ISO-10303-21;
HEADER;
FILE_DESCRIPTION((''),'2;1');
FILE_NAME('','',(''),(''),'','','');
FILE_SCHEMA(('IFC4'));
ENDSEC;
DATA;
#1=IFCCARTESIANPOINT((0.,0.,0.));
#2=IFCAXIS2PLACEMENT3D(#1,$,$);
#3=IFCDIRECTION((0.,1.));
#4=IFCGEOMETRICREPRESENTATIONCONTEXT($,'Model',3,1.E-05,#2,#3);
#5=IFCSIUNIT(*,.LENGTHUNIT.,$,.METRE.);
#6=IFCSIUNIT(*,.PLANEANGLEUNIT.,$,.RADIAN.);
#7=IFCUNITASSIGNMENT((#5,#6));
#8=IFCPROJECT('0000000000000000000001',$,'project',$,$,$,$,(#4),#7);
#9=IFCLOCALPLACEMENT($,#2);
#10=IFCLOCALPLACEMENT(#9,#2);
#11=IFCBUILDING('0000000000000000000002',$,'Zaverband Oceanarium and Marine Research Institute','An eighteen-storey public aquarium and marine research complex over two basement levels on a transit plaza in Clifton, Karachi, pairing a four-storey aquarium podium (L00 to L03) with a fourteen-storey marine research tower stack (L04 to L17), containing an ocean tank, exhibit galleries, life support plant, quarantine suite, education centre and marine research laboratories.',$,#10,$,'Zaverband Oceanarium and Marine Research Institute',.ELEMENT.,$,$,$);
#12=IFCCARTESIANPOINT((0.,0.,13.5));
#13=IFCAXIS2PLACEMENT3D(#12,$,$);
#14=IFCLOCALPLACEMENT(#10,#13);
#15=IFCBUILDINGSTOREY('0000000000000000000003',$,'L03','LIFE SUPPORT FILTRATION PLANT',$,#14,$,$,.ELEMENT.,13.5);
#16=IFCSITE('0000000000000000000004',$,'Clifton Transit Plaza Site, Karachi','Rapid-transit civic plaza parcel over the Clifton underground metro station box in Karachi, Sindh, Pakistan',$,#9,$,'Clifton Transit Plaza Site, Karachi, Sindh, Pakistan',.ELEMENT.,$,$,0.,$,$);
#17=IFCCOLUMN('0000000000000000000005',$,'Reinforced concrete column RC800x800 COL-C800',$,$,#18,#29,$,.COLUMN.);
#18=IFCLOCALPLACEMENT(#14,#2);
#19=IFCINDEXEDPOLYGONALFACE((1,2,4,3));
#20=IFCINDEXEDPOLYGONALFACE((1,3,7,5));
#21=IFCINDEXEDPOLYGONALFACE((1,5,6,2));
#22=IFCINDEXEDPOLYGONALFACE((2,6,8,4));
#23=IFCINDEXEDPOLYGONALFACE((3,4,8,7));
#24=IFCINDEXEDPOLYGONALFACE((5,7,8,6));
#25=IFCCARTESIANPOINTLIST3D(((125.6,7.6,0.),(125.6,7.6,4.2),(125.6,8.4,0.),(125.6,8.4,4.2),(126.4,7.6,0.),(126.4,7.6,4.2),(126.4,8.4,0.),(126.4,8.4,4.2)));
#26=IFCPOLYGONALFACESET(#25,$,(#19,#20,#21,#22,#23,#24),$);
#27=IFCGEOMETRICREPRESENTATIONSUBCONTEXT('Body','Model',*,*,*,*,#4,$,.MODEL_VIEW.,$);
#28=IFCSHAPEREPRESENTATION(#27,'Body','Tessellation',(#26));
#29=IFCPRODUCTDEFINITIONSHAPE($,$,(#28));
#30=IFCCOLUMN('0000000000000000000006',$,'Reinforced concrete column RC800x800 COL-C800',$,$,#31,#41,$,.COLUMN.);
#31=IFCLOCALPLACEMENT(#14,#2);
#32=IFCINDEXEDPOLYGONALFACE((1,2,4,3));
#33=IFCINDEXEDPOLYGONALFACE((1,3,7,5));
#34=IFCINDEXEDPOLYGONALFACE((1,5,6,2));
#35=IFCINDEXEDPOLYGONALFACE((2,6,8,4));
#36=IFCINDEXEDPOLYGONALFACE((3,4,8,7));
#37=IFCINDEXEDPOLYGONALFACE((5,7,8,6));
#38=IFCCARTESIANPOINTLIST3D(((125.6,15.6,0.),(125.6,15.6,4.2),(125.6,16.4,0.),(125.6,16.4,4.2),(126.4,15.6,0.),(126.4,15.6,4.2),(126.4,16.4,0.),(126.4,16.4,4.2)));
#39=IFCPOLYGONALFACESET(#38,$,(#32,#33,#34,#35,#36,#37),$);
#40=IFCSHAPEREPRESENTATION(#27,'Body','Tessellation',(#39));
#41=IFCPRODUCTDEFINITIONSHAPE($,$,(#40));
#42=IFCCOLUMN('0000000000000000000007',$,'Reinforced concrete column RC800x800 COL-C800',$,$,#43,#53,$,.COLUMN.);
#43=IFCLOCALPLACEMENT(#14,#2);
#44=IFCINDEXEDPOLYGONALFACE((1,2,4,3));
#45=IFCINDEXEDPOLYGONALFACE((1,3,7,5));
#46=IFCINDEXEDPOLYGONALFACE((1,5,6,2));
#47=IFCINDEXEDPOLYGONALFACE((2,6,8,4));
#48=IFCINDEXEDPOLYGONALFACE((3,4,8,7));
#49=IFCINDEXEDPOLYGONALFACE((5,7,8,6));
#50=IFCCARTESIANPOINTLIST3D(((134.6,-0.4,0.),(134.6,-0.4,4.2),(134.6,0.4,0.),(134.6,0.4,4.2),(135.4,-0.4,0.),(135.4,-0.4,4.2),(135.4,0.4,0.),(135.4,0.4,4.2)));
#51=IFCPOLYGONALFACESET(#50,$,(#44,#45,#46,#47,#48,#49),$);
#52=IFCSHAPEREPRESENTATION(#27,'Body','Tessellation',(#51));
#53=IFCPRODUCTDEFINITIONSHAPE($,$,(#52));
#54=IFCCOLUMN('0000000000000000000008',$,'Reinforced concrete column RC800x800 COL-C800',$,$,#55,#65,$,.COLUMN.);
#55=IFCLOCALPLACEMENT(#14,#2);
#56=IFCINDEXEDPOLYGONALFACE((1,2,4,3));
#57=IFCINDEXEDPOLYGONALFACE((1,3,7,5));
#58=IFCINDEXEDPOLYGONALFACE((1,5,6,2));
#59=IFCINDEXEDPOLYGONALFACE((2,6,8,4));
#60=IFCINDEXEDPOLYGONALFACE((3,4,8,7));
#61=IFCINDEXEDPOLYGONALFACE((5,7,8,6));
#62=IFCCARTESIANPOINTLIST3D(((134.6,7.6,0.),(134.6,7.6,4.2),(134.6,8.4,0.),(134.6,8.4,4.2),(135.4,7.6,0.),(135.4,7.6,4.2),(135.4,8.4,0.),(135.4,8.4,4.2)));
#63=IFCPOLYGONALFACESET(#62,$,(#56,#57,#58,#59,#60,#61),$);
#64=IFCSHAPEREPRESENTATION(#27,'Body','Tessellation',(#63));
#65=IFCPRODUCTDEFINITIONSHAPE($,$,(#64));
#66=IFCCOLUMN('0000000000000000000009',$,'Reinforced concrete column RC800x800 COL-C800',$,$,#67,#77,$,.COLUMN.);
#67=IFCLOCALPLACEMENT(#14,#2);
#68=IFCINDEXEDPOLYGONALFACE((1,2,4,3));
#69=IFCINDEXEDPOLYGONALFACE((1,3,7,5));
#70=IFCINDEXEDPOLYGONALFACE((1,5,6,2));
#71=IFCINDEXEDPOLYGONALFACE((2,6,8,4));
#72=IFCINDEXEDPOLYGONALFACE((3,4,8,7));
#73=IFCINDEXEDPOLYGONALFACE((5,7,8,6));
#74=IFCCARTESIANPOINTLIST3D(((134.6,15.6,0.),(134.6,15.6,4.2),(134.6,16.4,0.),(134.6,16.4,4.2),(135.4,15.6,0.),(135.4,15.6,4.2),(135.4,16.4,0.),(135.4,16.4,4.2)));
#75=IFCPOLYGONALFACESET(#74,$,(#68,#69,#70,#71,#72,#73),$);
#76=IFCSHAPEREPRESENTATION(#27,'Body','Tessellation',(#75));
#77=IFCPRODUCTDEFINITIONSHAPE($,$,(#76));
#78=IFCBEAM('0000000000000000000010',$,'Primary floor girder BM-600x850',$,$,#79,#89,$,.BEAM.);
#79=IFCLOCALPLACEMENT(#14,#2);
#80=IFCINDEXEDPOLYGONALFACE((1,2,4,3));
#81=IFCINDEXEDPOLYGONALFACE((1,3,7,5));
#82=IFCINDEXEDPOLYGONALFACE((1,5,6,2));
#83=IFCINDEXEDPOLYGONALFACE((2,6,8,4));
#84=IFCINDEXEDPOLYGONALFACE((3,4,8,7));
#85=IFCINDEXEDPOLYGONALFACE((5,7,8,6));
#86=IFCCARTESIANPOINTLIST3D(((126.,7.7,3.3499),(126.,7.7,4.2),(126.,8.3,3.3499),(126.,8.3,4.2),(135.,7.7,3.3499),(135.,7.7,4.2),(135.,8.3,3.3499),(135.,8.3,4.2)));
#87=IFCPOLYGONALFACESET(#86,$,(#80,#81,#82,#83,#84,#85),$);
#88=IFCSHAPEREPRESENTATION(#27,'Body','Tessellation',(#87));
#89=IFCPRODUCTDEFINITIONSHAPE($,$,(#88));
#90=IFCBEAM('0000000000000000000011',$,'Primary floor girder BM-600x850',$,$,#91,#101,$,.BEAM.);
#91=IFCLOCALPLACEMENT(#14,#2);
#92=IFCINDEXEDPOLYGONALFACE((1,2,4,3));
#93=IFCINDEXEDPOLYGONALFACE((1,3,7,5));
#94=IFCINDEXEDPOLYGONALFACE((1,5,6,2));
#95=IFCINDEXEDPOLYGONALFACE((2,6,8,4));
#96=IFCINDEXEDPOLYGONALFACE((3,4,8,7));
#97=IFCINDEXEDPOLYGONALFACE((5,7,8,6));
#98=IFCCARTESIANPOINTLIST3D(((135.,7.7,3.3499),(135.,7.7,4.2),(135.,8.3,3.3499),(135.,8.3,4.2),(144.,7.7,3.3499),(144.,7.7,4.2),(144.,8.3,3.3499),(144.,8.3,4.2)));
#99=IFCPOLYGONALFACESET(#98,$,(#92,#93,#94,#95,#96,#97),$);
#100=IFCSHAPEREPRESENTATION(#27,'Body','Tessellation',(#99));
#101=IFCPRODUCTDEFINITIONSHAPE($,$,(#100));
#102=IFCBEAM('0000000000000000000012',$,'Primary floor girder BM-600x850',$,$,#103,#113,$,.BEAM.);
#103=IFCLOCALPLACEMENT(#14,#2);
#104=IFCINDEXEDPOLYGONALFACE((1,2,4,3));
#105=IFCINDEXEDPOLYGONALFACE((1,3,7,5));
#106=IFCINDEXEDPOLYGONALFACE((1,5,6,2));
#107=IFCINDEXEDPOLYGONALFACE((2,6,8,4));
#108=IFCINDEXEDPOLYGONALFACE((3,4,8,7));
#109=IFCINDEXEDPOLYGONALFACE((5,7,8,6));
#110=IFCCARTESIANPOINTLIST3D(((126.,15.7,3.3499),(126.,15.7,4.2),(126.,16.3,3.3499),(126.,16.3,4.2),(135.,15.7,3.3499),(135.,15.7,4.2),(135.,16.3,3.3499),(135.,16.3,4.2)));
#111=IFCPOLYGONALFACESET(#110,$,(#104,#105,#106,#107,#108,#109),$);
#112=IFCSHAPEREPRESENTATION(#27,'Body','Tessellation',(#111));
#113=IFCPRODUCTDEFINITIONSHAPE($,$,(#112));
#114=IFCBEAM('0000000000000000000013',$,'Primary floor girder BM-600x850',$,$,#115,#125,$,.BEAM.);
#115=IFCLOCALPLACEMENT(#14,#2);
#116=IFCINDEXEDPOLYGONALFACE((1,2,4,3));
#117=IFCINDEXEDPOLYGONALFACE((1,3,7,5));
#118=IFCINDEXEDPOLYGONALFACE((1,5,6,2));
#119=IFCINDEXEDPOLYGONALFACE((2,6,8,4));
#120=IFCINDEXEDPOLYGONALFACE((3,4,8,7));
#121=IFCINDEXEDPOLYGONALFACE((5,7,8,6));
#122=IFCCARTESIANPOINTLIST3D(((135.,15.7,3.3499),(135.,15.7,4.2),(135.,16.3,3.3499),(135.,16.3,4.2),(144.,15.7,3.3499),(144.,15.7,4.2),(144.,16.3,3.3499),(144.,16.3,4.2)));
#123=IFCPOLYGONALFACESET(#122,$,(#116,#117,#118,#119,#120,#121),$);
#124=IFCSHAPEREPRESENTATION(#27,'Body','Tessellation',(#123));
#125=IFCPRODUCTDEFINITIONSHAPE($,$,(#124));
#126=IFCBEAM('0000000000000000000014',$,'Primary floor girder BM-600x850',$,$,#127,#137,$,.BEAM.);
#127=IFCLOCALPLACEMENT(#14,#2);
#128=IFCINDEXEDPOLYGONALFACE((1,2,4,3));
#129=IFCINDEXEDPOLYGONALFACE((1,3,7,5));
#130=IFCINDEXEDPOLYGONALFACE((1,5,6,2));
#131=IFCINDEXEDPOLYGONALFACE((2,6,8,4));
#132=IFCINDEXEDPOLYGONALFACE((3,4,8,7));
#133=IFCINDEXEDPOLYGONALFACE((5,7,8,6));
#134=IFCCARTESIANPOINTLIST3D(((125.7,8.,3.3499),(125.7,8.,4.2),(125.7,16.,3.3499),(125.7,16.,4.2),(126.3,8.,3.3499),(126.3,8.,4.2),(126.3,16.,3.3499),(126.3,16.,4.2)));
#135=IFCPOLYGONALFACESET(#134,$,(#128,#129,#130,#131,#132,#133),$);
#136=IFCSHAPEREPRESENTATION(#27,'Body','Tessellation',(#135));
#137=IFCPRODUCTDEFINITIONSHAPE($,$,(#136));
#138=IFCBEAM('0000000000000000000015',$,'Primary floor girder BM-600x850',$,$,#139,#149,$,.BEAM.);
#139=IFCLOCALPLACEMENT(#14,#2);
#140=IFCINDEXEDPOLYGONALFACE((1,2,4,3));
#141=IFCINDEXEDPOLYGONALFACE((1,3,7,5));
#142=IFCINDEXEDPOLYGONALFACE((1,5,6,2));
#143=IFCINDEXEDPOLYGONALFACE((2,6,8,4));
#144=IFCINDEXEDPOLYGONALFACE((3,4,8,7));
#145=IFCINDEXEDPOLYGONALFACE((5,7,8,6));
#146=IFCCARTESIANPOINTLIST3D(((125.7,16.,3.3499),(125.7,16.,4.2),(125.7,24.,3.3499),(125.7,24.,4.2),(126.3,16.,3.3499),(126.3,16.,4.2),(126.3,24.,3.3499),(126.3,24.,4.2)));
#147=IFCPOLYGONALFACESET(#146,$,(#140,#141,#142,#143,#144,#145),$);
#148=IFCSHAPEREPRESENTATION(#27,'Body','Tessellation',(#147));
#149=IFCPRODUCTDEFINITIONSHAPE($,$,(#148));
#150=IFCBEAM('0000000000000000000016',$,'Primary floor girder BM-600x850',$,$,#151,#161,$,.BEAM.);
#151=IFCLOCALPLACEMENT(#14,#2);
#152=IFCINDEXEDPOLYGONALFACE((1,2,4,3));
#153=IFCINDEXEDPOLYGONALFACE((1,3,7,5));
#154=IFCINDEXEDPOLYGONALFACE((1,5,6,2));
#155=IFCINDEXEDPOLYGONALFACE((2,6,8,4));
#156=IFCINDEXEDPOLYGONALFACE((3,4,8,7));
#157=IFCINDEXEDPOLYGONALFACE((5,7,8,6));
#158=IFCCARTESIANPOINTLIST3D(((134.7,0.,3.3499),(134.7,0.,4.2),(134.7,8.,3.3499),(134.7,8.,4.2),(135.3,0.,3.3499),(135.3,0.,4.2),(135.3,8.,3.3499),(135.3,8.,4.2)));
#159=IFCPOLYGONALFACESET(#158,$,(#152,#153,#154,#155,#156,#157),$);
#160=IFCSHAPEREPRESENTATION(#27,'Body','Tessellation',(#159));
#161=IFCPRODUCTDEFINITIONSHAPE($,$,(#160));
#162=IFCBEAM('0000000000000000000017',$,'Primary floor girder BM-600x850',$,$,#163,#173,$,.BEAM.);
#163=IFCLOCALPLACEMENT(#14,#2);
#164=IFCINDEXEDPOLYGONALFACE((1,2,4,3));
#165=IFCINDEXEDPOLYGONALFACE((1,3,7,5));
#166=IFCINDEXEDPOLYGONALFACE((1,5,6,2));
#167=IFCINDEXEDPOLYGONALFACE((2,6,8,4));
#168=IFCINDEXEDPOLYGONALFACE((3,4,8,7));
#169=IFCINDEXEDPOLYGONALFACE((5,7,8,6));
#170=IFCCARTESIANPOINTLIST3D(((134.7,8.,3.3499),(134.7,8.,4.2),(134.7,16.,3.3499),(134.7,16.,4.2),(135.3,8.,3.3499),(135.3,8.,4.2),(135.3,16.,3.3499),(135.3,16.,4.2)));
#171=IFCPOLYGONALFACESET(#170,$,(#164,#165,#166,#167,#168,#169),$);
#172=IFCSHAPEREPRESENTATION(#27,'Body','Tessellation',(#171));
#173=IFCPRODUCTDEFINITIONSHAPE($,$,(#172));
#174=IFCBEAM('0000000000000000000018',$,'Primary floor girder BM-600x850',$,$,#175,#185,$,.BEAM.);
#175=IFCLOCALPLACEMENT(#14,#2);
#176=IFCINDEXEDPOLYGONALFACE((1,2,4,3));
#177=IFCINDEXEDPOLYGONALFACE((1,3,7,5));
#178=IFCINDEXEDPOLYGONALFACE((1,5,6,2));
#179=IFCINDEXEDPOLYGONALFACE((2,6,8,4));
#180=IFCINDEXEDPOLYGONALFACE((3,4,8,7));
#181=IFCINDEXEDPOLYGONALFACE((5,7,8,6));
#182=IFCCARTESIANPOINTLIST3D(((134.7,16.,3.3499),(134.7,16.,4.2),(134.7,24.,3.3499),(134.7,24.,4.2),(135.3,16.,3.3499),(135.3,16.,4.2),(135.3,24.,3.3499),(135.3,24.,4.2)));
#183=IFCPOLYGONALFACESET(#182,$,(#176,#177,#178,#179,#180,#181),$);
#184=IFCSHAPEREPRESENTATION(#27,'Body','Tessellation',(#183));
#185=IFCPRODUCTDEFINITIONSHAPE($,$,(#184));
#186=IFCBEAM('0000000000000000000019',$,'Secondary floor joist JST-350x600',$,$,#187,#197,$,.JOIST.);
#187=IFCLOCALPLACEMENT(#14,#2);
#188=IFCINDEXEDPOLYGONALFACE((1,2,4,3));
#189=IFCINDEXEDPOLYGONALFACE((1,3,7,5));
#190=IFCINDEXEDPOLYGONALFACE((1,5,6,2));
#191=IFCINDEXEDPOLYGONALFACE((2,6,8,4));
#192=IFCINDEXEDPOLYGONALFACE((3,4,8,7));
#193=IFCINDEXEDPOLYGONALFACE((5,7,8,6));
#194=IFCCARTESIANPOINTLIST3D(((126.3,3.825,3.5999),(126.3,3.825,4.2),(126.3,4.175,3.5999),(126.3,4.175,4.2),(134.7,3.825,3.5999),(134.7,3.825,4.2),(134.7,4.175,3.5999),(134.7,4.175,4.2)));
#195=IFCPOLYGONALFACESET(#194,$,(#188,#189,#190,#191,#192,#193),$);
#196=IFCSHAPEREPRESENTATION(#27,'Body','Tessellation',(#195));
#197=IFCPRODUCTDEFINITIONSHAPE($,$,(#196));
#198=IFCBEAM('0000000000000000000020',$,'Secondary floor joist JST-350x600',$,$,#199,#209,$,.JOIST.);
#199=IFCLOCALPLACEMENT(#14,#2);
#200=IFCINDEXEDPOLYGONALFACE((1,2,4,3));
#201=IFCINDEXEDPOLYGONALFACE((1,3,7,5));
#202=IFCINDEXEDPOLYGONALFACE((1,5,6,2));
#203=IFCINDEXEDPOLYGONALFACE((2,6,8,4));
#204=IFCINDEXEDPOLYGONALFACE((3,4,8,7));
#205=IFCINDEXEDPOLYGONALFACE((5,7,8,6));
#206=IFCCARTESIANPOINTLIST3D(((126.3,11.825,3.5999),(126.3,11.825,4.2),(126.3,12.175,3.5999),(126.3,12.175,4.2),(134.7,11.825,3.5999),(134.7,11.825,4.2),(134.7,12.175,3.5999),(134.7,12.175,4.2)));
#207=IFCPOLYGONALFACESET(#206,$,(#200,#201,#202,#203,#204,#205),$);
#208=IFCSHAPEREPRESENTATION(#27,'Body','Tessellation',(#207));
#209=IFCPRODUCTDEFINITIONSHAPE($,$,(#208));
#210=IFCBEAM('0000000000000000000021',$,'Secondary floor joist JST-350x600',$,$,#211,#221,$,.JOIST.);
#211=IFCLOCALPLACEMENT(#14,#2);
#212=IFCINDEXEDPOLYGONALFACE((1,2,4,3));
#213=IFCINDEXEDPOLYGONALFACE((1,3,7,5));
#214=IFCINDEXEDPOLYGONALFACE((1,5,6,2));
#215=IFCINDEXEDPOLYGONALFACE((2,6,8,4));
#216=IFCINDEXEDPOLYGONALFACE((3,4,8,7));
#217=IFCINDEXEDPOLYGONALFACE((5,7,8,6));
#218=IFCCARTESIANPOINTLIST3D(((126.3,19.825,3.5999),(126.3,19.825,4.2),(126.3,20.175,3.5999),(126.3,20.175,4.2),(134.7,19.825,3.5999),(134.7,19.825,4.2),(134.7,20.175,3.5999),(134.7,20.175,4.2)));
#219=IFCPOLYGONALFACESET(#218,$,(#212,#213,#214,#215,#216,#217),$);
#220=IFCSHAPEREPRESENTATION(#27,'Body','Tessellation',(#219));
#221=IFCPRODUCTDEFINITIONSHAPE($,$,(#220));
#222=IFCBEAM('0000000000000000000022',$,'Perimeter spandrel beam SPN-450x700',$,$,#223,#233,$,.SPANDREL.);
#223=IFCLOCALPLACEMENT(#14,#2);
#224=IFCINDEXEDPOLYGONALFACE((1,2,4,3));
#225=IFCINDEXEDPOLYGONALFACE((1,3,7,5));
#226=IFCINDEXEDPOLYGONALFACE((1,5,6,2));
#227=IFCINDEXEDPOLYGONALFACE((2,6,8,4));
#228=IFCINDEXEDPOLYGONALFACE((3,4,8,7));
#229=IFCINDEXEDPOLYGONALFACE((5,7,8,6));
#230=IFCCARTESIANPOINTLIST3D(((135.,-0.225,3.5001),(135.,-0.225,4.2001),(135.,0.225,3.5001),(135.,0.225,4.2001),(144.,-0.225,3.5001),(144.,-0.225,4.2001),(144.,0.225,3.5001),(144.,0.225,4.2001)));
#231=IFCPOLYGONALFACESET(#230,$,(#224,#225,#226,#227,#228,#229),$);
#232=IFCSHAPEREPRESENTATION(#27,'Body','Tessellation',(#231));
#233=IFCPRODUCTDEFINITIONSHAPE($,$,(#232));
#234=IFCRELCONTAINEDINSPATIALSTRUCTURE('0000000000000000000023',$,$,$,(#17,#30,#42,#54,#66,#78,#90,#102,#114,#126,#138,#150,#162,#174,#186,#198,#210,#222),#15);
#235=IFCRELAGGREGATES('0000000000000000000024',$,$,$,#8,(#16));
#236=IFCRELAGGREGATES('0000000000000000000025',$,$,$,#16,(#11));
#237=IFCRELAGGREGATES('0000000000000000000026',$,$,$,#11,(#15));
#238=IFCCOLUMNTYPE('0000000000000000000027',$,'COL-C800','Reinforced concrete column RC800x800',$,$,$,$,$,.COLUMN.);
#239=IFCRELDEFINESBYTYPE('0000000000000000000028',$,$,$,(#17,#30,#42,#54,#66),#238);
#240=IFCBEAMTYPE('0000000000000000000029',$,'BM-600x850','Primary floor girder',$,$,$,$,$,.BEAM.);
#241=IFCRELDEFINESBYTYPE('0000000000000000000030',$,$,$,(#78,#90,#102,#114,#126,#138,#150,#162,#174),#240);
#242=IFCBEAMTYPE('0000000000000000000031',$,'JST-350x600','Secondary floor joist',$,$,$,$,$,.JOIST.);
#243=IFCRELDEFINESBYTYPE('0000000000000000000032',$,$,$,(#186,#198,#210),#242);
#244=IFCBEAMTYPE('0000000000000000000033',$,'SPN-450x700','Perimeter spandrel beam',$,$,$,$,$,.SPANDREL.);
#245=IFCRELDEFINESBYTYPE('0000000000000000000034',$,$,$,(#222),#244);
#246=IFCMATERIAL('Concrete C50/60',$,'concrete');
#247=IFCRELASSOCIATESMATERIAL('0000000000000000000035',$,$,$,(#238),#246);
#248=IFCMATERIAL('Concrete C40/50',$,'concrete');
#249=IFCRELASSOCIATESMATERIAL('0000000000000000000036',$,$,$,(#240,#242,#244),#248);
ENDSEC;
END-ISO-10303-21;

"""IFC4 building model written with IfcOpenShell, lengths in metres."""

from ifc_helpers import new_model, si_unit, direction, frame, origin, origin_2d, place, context, subcontext, project, spatial, rectangle, extrude, material, material_profile, profile_set, type_object, element, save


model = new_model("IFC4")

# Units and contexts
model_context = context("Model", 3, precision=1e-05, world=origin(), true_north=direction((0.0, 1.0)))
body_context = subcontext(model_context, "Body", "Model", "MODEL_VIEW")
ifc_project = project(units=[si_unit("LENGTHUNIT", "METRE"), si_unit("PLANEANGLEUNIT", "RADIAN")], contexts=[model_context])

# Site, building, storey
site_placement = place(None, origin())
site = spatial("IfcSite", under=ifc_project, at=site_placement, Name="Clifton Transit Plaza Site, Karachi", Description="Rapid-transit civic plaza parcel over the Clifton underground metro station box in Karachi, Sindh, Pakistan", LongName="Clifton Transit Plaza Site, Karachi, Sindh, Pakistan", CompositionType="ELEMENT", RefElevation=0.0)
building_placement = place(site_placement, origin())
building = spatial("IfcBuilding", under=site, at=building_placement, Name="Zaverband Oceanarium and Marine Research Institute", Description="An eighteen-storey public aquarium and marine research complex over two basement levels on a transit plaza in Clifton, Karachi, pairing a four-storey aquarium podium (L00 to L03) with a fourteen-storey marine research tower stack (L04 to L17), containing an ocean tank, exhibit galleries, life support plant, quarantine suite, education centre and marine research laboratories.", LongName="Zaverband Oceanarium and Marine Research Institute", CompositionType="ELEMENT")
storey_placement = place(building_placement, frame((0.0, 0.0, 13.5)))
storey = spatial("IfcBuildingStorey", under=building, at=storey_placement, Name="L03", Description="LIFE SUPPORT FILTRATION PLANT", CompositionType="ELEMENT", Elevation=13.5)

# Columns
ifc_material_1 = material(Name="Concrete C50/60", Category="concrete")
ifc_material_profile_1 = material_profile(ifc_material_1, rectangle(XDim=0.8, YDim=0.8, at=origin_2d()), Name="RC800x800")
ifc_profile_set_1 = profile_set([ifc_material_profile_1], Name="Concrete C50/60")
column_type = type_object("IfcColumnType", Name="COL-C800", Description="Reinforced concrete column RC800x800", PredefinedType="COLUMN", material=ifc_profile_set_1)
for number, where, z_axis, x_axis, name in (
    (1, (126.0, 8.0, 0.0), (0.0, 0.0, 1.0), (1.0, 0.0, 0.0), "Reinforced concrete column RC800x800 COL-C800"),
    (2, (126.0, 16.0, 0.0), (0.0, 0.0, 1.0), (1.0, 0.0, 0.0), "Reinforced concrete column RC800x800 COL-C800"),
    (3, (135.0, 0.0, 0.0), (0.0, 0.0, 1.0), (1.0, 0.0, 0.0), "Reinforced concrete column RC800x800 COL-C800"),
    (4, (135.0, 8.0, 0.0), (0.0, 0.0, 1.0), (1.0, 0.0, 0.0), "Reinforced concrete column RC800x800 COL-C800"),
    (5, (135.0, 16.0, 0.0), (0.0, 0.0, 1.0), (1.0, 0.0, 0.0), "Reinforced concrete column RC800x800 COL-C800"),
):
    element("IfcColumn", number, at=place(storey_placement, frame(where, z_axis=z_axis, x_axis=x_axis)), inside=storey, type_object=column_type, Name=name, PredefinedType="COLUMN", context=body_context, shape_type="SweptSolid", body=[
        extrude(rectangle(XDim=0.8, YDim=0.8, at=origin_2d()), origin(), (0.0, 0.0, 1.0), 4.2),
    ])

# Beams
ifc_material_2 = material(Name="Concrete C40/50", Category="concrete")
ifc_material_profile_2 = material_profile(ifc_material_2, rectangle(XDim=0.6001, YDim=0.8501, at=origin_2d()), Name="RC600x850")
ifc_profile_set_2 = profile_set([ifc_material_profile_2], Name="Concrete C40/50")
beam_type_1 = type_object("IfcBeamType", Name="BM-600x850", Description="Primary floor girder", PredefinedType="BEAM", material=ifc_profile_set_2)
for number, where, z_axis, x_axis, name in (
    (6, (126.0, 8.0, 3.7749), (1.0, 0.0, 0.0), (0.0, 1.0, 0.0), "Primary floor girder BM-600x850"),
    (7, (135.0, 8.0, 3.7749), (1.0, 0.0, 0.0), (0.0, 1.0, 0.0), "Primary floor girder BM-600x850"),
    (8, (126.0, 16.0, 3.7749), (1.0, 0.0, 0.0), (0.0, 1.0, 0.0), "Primary floor girder BM-600x850"),
    (9, (135.0, 16.0, 3.7749), (1.0, 0.0, 0.0), (0.0, 1.0, 0.0), "Primary floor girder BM-600x850"),
):
    element("IfcBeam", number, at=place(storey_placement, frame(where, z_axis=z_axis, x_axis=x_axis)), inside=storey, type_object=beam_type_1, Name=name, PredefinedType="BEAM", context=body_context, shape_type="SweptSolid", body=[
        extrude(rectangle(XDim=0.6001, YDim=0.8501, at=origin_2d()), origin(), (0.0, 0.0, 1.0), 9.0),
    ])
for number, where, z_axis, x_axis, name in (
    (10, (126.0, 8.0, 3.7749), (0.0, 1.0, 0.0), (-1.0, 0.0, 0.0), "Primary floor girder BM-600x850"),
    (11, (126.0, 16.0, 3.7749), (0.0, 1.0, 0.0), (-1.0, 0.0, 0.0), "Primary floor girder BM-600x850"),
    (12, (135.0, 0.0, 3.7749), (0.0, 1.0, 0.0), (-1.0, 0.0, 0.0), "Primary floor girder BM-600x850"),
    (13, (135.0, 8.0, 3.7749), (0.0, 1.0, 0.0), (-1.0, 0.0, 0.0), "Primary floor girder BM-600x850"),
    (14, (135.0, 16.0, 3.7749), (0.0, 1.0, 0.0), (-1.0, 0.0, 0.0), "Primary floor girder BM-600x850"),
):
    element("IfcBeam", number, at=place(storey_placement, frame(where, z_axis=z_axis, x_axis=x_axis)), inside=storey, type_object=beam_type_1, Name=name, PredefinedType="BEAM", context=body_context, shape_type="SweptSolid", body=[
        extrude(rectangle(XDim=0.6001, YDim=0.8501, at=origin_2d()), origin(), (0.0, 0.0, 1.0), 8.0),
    ])
ifc_material_profile_3 = material_profile(ifc_material_2, rectangle(XDim=0.3501, YDim=0.6001, at=origin_2d()), Name="RC350x600")
ifc_profile_set_3 = profile_set([ifc_material_profile_3], Name="Concrete C40/50")
beam_type_2 = type_object("IfcBeamType", Name="JST-350x600", Description="Secondary floor joist", PredefinedType="JOIST", material=ifc_profile_set_3)
for number, where, z_axis, x_axis, name in (
    (15, (126.3, 4.0, 3.8999), (1.0, 0.0, 0.0), (0.0, 1.0, 0.0), "Secondary floor joist JST-350x600"),
    (16, (126.3, 12.0, 3.8999), (1.0, 0.0, 0.0), (0.0, 1.0, 0.0), "Secondary floor joist JST-350x600"),
    (17, (126.3, 20.0, 3.8999), (1.0, 0.0, 0.0), (0.0, 1.0, 0.0), "Secondary floor joist JST-350x600"),
):
    element("IfcBeam", number, at=place(storey_placement, frame(where, z_axis=z_axis, x_axis=x_axis)), inside=storey, type_object=beam_type_2, Name=name, PredefinedType="JOIST", context=body_context, shape_type="SweptSolid", body=[
        extrude(rectangle(XDim=0.3501, YDim=0.6001, at=origin_2d()), origin(), (0.0, 0.0, 1.0), 8.3999),
    ])
ifc_material_profile_4 = material_profile(ifc_material_2, rectangle(XDim=0.45, YDim=0.7, at=origin_2d()), Name="RC450x700")
ifc_profile_set_4 = profile_set([ifc_material_profile_4], Name="Concrete C40/50")
beam_type_3 = type_object("IfcBeamType", Name="SPN-450x700", Description="Perimeter spandrel beam", PredefinedType="SPANDREL", material=ifc_profile_set_4)
beam_placement = place(storey_placement, frame((135.0, 0.0, 3.8501), z_axis=(1.0, 0.0, 0.0), x_axis=(0.0, 1.0, 0.0)))
element("IfcBeam", 18, at=beam_placement, inside=storey, type_object=beam_type_3, Name="Perimeter spandrel beam SPN-450x700", PredefinedType="SPANDREL", context=body_context, shape_type="SweptSolid", body=[
    extrude(rectangle(XDim=0.45, YDim=0.7, at=origin_2d()), origin(), (0.0, 0.0, 1.0), 9.0),
])

save(model, "model.ifc")
